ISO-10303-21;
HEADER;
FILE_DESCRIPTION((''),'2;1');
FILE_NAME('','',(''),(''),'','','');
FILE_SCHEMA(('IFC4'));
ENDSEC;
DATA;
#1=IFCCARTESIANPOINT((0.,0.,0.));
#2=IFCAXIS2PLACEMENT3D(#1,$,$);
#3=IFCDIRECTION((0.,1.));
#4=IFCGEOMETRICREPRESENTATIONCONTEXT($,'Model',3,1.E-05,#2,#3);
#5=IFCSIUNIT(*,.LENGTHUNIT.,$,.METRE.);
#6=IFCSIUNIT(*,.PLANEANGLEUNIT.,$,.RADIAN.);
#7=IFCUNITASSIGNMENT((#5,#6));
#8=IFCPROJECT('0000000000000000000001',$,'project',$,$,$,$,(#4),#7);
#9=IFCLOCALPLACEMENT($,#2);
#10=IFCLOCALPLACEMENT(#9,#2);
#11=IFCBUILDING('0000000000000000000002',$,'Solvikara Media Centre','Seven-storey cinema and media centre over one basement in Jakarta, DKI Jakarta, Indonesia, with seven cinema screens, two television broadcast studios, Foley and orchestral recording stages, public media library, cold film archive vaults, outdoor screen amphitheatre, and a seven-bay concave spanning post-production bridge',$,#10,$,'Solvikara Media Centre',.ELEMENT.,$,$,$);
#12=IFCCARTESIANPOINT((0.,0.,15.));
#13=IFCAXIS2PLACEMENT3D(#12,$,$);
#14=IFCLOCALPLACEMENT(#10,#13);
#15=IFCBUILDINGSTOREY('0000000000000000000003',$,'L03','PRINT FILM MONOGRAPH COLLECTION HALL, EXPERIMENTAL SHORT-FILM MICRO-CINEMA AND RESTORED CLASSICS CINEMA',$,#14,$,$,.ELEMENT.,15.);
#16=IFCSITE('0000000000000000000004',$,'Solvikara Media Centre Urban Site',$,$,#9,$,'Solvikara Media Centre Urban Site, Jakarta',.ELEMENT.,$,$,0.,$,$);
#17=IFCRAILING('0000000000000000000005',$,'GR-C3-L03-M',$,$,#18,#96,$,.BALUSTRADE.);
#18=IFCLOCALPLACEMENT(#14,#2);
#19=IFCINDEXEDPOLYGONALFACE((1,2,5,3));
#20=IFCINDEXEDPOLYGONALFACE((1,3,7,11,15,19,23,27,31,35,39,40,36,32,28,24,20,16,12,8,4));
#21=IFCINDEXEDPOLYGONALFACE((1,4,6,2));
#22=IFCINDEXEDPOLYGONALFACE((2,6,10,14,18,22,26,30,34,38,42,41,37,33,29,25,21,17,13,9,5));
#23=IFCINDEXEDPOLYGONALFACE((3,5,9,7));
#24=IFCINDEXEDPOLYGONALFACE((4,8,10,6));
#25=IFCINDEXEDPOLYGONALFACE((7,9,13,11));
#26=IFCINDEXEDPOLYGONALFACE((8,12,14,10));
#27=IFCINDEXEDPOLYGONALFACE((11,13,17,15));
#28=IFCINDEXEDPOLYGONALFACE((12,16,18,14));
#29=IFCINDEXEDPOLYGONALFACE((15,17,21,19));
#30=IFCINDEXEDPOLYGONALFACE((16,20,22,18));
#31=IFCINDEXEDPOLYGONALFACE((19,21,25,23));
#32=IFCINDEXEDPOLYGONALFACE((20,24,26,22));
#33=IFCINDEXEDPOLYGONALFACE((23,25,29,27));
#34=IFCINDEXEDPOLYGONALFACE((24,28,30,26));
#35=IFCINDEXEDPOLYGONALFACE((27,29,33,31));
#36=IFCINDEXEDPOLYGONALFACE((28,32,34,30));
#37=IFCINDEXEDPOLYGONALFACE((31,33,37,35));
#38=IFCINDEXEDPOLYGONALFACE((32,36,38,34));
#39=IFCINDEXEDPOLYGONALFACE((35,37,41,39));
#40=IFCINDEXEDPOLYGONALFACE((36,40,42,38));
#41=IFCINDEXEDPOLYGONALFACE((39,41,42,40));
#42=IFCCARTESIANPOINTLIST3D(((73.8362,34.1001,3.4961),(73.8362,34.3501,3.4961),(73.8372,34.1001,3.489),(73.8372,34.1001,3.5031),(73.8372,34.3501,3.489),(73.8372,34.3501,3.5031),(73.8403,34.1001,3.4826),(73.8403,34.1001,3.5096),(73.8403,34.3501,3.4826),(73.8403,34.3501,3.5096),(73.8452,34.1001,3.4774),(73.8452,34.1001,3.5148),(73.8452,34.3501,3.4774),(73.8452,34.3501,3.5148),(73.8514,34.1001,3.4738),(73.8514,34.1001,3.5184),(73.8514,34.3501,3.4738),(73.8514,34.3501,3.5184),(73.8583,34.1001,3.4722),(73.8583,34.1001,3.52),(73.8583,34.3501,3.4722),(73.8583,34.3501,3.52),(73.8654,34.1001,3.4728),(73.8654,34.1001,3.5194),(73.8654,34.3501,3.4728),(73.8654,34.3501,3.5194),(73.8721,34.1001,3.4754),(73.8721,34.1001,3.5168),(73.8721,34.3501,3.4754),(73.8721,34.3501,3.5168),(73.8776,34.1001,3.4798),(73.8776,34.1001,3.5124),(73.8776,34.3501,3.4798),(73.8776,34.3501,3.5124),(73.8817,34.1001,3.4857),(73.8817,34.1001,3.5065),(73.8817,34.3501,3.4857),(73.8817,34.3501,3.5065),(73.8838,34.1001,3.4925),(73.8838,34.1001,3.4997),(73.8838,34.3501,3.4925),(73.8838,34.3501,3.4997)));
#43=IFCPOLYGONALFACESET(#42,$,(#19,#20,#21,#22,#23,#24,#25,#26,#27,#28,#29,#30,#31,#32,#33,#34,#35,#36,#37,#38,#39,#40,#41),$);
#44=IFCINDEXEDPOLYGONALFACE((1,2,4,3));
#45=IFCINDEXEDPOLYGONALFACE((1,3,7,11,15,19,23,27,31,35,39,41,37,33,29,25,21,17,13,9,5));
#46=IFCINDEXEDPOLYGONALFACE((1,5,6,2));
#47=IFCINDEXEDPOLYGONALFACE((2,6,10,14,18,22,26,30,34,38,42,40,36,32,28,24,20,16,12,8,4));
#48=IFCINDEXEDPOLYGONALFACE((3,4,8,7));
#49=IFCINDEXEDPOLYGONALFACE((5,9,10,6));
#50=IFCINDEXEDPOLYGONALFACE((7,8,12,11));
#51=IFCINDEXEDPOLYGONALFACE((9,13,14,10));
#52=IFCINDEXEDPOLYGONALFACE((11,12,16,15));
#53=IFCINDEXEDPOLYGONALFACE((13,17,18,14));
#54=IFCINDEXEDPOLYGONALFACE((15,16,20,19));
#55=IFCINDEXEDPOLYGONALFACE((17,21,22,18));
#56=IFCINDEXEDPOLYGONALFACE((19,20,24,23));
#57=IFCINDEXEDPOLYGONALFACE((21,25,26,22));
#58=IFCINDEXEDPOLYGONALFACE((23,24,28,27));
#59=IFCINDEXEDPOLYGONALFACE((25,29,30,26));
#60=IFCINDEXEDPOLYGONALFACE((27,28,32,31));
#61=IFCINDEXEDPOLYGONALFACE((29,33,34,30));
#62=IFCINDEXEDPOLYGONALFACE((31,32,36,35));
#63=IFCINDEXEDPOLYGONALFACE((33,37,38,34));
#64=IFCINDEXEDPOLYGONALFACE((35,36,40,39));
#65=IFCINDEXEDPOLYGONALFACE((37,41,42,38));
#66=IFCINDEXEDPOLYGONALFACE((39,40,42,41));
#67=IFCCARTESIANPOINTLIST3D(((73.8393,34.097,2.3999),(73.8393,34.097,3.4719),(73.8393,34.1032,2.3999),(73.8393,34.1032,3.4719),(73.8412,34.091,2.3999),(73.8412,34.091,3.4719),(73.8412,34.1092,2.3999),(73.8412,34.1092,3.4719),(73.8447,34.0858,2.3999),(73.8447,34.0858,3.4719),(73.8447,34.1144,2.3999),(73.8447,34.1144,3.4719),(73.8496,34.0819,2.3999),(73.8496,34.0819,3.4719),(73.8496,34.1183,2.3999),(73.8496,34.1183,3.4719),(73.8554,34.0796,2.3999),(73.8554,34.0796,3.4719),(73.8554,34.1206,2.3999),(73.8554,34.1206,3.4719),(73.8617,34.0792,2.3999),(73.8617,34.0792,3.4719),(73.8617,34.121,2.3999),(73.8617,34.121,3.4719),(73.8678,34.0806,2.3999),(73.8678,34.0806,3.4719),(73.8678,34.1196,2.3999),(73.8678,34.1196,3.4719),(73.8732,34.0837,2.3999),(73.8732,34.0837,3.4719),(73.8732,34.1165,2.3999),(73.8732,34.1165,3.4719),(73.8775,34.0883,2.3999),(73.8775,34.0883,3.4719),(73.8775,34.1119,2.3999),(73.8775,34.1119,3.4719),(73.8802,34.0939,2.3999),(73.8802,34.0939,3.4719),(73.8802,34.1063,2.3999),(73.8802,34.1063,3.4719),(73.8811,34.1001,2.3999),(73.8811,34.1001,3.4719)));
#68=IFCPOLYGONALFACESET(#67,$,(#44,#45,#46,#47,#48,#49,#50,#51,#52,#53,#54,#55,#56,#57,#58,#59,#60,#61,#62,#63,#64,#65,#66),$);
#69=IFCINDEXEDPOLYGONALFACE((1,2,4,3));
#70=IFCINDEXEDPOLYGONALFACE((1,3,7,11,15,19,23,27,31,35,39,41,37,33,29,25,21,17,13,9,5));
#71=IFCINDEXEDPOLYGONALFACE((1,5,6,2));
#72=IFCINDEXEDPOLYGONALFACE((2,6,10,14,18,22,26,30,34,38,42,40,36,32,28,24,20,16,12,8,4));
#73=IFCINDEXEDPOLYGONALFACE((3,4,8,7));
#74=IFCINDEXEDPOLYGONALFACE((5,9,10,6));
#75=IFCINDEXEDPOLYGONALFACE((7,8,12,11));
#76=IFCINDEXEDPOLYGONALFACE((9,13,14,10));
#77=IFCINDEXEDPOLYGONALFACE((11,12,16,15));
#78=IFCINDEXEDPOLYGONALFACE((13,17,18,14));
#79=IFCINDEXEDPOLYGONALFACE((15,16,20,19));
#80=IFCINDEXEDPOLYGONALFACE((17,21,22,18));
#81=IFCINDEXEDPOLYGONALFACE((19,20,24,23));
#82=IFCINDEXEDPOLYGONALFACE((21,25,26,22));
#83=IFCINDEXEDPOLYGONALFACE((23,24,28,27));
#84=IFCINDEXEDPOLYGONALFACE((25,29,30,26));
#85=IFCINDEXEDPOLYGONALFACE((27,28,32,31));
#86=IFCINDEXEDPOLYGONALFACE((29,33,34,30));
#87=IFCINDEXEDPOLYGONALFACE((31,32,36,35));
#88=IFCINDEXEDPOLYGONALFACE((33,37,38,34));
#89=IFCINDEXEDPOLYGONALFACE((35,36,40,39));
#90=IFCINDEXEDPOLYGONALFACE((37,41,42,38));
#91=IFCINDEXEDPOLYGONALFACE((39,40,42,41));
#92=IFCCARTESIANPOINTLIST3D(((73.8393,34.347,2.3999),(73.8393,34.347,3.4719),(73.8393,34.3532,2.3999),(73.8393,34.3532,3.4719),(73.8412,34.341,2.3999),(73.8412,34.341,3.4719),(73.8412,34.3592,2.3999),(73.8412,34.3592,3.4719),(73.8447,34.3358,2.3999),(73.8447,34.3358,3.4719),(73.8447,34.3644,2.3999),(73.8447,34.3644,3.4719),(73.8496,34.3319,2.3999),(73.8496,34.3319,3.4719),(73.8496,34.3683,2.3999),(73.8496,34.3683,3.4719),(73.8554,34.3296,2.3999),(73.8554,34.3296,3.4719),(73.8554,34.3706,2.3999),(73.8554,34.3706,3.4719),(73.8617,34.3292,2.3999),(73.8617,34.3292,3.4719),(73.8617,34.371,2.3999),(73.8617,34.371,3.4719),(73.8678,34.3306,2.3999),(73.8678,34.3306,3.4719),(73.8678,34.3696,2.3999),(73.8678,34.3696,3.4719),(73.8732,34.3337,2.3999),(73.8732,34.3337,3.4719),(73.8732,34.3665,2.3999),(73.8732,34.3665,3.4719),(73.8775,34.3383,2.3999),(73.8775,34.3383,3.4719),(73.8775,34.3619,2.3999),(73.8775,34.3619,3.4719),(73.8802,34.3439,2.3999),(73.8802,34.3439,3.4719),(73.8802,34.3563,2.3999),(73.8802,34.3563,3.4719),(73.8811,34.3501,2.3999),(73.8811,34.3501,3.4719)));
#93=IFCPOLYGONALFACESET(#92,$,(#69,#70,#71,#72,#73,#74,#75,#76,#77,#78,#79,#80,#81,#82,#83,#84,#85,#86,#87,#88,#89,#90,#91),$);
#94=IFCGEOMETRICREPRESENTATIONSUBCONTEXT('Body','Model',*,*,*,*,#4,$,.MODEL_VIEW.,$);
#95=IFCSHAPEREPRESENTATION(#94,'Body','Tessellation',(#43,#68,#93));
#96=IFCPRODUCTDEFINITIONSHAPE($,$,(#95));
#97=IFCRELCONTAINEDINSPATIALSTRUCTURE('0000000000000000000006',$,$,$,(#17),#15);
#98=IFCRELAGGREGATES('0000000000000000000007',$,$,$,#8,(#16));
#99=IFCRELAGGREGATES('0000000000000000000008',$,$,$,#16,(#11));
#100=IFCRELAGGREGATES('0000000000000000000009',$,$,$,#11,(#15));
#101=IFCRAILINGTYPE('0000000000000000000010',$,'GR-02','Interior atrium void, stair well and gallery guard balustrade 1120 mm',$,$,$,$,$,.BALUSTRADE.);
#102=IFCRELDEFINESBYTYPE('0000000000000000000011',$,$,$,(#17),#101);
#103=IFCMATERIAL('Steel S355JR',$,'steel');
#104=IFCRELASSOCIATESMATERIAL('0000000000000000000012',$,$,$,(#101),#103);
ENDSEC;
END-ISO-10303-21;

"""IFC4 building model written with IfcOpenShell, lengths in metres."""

from ifc_helpers import new_model, si_unit, direction, frame, origin, origin_2d, place, context, subcontext, project, spatial, circle, extrude, material, type_object, element, save


model = new_model("IFC4")

# Units and contexts
model_context = context("Model", 3, precision=1e-05, world=origin(), true_north=direction((0.0, 1.0)))
body_context = subcontext(model_context, "Body", "Model", "MODEL_VIEW")
ifc_project = project(units=[si_unit("LENGTHUNIT", "METRE"), si_unit("PLANEANGLEUNIT", "RADIAN")], contexts=[model_context])

# Site, building, storey
site_placement = place(None, origin())
site = spatial("IfcSite", under=ifc_project, at=site_placement, Name="Solvikara Media Centre Urban Site", LongName="Solvikara Media Centre Urban Site, Jakarta", CompositionType="ELEMENT", RefElevation=0.0)
building_placement = place(site_placement, origin())
building = spatial("IfcBuilding", under=site, at=building_placement, Name="Solvikara Media Centre", Description="Seven-storey cinema and media centre over one basement in Jakarta, DKI Jakarta, Indonesia, with seven cinema screens, two television broadcast studios, Foley and orchestral recording stages, public media library, cold film archive vaults, outdoor screen amphitheatre, and a seven-bay concave spanning post-production bridge", LongName="Solvikara Media Centre", CompositionType="ELEMENT")
storey_placement = place(building_placement, frame((0.0, 0.0, 15.0)))
storey = spatial("IfcBuildingStorey", under=building, at=storey_placement, Name="L03", Description="PRINT FILM MONOGRAPH COLLECTION HALL, EXPERIMENTAL SHORT-FILM MICRO-CINEMA AND RESTORED CLASSICS CINEMA", CompositionType="ELEMENT", Elevation=15.0)

# Shared definitions
ifc_material_1 = material(Name="Steel S355JR", Category="steel")

# Railing
railing_type_1 = type_object("IfcRailingType", Name="GR-02", Description="Interior atrium void, stair well and gallery guard balustrade 1120 mm", PredefinedType="BALUSTRADE", material=ifc_material_1)
railing_1_placement = place(storey_placement, frame((73.8601, 34.1001, 2.3999)))
element("IfcRailing", 1, at=railing_1_placement, inside=storey, type_object=railing_type_1, Name="GR-C3-L03-M", PredefinedType="BALUSTRADE", context=body_context, shape_type="SweptSolid", body=[
    extrude(circle(Radius=0.0239, at=origin_2d()), frame((0.0, 0.0, 1.0962), z_axis=(0.0, 1.0, 0.0), x_axis=(-1.0, 0.0, 0.0)), (0.0, 0.0, 1.0), 0.25),
    extrude(circle(Radius=0.021, at=origin_2d()), origin(), (0.0, 0.0, 1.0), 1.072),
    extrude(circle(Radius=0.021, at=origin_2d()), frame((0.0, 0.25, 0.0)), (0.0, 0.0, 1.0), 1.072),
])

save(model, "model.ifc")
